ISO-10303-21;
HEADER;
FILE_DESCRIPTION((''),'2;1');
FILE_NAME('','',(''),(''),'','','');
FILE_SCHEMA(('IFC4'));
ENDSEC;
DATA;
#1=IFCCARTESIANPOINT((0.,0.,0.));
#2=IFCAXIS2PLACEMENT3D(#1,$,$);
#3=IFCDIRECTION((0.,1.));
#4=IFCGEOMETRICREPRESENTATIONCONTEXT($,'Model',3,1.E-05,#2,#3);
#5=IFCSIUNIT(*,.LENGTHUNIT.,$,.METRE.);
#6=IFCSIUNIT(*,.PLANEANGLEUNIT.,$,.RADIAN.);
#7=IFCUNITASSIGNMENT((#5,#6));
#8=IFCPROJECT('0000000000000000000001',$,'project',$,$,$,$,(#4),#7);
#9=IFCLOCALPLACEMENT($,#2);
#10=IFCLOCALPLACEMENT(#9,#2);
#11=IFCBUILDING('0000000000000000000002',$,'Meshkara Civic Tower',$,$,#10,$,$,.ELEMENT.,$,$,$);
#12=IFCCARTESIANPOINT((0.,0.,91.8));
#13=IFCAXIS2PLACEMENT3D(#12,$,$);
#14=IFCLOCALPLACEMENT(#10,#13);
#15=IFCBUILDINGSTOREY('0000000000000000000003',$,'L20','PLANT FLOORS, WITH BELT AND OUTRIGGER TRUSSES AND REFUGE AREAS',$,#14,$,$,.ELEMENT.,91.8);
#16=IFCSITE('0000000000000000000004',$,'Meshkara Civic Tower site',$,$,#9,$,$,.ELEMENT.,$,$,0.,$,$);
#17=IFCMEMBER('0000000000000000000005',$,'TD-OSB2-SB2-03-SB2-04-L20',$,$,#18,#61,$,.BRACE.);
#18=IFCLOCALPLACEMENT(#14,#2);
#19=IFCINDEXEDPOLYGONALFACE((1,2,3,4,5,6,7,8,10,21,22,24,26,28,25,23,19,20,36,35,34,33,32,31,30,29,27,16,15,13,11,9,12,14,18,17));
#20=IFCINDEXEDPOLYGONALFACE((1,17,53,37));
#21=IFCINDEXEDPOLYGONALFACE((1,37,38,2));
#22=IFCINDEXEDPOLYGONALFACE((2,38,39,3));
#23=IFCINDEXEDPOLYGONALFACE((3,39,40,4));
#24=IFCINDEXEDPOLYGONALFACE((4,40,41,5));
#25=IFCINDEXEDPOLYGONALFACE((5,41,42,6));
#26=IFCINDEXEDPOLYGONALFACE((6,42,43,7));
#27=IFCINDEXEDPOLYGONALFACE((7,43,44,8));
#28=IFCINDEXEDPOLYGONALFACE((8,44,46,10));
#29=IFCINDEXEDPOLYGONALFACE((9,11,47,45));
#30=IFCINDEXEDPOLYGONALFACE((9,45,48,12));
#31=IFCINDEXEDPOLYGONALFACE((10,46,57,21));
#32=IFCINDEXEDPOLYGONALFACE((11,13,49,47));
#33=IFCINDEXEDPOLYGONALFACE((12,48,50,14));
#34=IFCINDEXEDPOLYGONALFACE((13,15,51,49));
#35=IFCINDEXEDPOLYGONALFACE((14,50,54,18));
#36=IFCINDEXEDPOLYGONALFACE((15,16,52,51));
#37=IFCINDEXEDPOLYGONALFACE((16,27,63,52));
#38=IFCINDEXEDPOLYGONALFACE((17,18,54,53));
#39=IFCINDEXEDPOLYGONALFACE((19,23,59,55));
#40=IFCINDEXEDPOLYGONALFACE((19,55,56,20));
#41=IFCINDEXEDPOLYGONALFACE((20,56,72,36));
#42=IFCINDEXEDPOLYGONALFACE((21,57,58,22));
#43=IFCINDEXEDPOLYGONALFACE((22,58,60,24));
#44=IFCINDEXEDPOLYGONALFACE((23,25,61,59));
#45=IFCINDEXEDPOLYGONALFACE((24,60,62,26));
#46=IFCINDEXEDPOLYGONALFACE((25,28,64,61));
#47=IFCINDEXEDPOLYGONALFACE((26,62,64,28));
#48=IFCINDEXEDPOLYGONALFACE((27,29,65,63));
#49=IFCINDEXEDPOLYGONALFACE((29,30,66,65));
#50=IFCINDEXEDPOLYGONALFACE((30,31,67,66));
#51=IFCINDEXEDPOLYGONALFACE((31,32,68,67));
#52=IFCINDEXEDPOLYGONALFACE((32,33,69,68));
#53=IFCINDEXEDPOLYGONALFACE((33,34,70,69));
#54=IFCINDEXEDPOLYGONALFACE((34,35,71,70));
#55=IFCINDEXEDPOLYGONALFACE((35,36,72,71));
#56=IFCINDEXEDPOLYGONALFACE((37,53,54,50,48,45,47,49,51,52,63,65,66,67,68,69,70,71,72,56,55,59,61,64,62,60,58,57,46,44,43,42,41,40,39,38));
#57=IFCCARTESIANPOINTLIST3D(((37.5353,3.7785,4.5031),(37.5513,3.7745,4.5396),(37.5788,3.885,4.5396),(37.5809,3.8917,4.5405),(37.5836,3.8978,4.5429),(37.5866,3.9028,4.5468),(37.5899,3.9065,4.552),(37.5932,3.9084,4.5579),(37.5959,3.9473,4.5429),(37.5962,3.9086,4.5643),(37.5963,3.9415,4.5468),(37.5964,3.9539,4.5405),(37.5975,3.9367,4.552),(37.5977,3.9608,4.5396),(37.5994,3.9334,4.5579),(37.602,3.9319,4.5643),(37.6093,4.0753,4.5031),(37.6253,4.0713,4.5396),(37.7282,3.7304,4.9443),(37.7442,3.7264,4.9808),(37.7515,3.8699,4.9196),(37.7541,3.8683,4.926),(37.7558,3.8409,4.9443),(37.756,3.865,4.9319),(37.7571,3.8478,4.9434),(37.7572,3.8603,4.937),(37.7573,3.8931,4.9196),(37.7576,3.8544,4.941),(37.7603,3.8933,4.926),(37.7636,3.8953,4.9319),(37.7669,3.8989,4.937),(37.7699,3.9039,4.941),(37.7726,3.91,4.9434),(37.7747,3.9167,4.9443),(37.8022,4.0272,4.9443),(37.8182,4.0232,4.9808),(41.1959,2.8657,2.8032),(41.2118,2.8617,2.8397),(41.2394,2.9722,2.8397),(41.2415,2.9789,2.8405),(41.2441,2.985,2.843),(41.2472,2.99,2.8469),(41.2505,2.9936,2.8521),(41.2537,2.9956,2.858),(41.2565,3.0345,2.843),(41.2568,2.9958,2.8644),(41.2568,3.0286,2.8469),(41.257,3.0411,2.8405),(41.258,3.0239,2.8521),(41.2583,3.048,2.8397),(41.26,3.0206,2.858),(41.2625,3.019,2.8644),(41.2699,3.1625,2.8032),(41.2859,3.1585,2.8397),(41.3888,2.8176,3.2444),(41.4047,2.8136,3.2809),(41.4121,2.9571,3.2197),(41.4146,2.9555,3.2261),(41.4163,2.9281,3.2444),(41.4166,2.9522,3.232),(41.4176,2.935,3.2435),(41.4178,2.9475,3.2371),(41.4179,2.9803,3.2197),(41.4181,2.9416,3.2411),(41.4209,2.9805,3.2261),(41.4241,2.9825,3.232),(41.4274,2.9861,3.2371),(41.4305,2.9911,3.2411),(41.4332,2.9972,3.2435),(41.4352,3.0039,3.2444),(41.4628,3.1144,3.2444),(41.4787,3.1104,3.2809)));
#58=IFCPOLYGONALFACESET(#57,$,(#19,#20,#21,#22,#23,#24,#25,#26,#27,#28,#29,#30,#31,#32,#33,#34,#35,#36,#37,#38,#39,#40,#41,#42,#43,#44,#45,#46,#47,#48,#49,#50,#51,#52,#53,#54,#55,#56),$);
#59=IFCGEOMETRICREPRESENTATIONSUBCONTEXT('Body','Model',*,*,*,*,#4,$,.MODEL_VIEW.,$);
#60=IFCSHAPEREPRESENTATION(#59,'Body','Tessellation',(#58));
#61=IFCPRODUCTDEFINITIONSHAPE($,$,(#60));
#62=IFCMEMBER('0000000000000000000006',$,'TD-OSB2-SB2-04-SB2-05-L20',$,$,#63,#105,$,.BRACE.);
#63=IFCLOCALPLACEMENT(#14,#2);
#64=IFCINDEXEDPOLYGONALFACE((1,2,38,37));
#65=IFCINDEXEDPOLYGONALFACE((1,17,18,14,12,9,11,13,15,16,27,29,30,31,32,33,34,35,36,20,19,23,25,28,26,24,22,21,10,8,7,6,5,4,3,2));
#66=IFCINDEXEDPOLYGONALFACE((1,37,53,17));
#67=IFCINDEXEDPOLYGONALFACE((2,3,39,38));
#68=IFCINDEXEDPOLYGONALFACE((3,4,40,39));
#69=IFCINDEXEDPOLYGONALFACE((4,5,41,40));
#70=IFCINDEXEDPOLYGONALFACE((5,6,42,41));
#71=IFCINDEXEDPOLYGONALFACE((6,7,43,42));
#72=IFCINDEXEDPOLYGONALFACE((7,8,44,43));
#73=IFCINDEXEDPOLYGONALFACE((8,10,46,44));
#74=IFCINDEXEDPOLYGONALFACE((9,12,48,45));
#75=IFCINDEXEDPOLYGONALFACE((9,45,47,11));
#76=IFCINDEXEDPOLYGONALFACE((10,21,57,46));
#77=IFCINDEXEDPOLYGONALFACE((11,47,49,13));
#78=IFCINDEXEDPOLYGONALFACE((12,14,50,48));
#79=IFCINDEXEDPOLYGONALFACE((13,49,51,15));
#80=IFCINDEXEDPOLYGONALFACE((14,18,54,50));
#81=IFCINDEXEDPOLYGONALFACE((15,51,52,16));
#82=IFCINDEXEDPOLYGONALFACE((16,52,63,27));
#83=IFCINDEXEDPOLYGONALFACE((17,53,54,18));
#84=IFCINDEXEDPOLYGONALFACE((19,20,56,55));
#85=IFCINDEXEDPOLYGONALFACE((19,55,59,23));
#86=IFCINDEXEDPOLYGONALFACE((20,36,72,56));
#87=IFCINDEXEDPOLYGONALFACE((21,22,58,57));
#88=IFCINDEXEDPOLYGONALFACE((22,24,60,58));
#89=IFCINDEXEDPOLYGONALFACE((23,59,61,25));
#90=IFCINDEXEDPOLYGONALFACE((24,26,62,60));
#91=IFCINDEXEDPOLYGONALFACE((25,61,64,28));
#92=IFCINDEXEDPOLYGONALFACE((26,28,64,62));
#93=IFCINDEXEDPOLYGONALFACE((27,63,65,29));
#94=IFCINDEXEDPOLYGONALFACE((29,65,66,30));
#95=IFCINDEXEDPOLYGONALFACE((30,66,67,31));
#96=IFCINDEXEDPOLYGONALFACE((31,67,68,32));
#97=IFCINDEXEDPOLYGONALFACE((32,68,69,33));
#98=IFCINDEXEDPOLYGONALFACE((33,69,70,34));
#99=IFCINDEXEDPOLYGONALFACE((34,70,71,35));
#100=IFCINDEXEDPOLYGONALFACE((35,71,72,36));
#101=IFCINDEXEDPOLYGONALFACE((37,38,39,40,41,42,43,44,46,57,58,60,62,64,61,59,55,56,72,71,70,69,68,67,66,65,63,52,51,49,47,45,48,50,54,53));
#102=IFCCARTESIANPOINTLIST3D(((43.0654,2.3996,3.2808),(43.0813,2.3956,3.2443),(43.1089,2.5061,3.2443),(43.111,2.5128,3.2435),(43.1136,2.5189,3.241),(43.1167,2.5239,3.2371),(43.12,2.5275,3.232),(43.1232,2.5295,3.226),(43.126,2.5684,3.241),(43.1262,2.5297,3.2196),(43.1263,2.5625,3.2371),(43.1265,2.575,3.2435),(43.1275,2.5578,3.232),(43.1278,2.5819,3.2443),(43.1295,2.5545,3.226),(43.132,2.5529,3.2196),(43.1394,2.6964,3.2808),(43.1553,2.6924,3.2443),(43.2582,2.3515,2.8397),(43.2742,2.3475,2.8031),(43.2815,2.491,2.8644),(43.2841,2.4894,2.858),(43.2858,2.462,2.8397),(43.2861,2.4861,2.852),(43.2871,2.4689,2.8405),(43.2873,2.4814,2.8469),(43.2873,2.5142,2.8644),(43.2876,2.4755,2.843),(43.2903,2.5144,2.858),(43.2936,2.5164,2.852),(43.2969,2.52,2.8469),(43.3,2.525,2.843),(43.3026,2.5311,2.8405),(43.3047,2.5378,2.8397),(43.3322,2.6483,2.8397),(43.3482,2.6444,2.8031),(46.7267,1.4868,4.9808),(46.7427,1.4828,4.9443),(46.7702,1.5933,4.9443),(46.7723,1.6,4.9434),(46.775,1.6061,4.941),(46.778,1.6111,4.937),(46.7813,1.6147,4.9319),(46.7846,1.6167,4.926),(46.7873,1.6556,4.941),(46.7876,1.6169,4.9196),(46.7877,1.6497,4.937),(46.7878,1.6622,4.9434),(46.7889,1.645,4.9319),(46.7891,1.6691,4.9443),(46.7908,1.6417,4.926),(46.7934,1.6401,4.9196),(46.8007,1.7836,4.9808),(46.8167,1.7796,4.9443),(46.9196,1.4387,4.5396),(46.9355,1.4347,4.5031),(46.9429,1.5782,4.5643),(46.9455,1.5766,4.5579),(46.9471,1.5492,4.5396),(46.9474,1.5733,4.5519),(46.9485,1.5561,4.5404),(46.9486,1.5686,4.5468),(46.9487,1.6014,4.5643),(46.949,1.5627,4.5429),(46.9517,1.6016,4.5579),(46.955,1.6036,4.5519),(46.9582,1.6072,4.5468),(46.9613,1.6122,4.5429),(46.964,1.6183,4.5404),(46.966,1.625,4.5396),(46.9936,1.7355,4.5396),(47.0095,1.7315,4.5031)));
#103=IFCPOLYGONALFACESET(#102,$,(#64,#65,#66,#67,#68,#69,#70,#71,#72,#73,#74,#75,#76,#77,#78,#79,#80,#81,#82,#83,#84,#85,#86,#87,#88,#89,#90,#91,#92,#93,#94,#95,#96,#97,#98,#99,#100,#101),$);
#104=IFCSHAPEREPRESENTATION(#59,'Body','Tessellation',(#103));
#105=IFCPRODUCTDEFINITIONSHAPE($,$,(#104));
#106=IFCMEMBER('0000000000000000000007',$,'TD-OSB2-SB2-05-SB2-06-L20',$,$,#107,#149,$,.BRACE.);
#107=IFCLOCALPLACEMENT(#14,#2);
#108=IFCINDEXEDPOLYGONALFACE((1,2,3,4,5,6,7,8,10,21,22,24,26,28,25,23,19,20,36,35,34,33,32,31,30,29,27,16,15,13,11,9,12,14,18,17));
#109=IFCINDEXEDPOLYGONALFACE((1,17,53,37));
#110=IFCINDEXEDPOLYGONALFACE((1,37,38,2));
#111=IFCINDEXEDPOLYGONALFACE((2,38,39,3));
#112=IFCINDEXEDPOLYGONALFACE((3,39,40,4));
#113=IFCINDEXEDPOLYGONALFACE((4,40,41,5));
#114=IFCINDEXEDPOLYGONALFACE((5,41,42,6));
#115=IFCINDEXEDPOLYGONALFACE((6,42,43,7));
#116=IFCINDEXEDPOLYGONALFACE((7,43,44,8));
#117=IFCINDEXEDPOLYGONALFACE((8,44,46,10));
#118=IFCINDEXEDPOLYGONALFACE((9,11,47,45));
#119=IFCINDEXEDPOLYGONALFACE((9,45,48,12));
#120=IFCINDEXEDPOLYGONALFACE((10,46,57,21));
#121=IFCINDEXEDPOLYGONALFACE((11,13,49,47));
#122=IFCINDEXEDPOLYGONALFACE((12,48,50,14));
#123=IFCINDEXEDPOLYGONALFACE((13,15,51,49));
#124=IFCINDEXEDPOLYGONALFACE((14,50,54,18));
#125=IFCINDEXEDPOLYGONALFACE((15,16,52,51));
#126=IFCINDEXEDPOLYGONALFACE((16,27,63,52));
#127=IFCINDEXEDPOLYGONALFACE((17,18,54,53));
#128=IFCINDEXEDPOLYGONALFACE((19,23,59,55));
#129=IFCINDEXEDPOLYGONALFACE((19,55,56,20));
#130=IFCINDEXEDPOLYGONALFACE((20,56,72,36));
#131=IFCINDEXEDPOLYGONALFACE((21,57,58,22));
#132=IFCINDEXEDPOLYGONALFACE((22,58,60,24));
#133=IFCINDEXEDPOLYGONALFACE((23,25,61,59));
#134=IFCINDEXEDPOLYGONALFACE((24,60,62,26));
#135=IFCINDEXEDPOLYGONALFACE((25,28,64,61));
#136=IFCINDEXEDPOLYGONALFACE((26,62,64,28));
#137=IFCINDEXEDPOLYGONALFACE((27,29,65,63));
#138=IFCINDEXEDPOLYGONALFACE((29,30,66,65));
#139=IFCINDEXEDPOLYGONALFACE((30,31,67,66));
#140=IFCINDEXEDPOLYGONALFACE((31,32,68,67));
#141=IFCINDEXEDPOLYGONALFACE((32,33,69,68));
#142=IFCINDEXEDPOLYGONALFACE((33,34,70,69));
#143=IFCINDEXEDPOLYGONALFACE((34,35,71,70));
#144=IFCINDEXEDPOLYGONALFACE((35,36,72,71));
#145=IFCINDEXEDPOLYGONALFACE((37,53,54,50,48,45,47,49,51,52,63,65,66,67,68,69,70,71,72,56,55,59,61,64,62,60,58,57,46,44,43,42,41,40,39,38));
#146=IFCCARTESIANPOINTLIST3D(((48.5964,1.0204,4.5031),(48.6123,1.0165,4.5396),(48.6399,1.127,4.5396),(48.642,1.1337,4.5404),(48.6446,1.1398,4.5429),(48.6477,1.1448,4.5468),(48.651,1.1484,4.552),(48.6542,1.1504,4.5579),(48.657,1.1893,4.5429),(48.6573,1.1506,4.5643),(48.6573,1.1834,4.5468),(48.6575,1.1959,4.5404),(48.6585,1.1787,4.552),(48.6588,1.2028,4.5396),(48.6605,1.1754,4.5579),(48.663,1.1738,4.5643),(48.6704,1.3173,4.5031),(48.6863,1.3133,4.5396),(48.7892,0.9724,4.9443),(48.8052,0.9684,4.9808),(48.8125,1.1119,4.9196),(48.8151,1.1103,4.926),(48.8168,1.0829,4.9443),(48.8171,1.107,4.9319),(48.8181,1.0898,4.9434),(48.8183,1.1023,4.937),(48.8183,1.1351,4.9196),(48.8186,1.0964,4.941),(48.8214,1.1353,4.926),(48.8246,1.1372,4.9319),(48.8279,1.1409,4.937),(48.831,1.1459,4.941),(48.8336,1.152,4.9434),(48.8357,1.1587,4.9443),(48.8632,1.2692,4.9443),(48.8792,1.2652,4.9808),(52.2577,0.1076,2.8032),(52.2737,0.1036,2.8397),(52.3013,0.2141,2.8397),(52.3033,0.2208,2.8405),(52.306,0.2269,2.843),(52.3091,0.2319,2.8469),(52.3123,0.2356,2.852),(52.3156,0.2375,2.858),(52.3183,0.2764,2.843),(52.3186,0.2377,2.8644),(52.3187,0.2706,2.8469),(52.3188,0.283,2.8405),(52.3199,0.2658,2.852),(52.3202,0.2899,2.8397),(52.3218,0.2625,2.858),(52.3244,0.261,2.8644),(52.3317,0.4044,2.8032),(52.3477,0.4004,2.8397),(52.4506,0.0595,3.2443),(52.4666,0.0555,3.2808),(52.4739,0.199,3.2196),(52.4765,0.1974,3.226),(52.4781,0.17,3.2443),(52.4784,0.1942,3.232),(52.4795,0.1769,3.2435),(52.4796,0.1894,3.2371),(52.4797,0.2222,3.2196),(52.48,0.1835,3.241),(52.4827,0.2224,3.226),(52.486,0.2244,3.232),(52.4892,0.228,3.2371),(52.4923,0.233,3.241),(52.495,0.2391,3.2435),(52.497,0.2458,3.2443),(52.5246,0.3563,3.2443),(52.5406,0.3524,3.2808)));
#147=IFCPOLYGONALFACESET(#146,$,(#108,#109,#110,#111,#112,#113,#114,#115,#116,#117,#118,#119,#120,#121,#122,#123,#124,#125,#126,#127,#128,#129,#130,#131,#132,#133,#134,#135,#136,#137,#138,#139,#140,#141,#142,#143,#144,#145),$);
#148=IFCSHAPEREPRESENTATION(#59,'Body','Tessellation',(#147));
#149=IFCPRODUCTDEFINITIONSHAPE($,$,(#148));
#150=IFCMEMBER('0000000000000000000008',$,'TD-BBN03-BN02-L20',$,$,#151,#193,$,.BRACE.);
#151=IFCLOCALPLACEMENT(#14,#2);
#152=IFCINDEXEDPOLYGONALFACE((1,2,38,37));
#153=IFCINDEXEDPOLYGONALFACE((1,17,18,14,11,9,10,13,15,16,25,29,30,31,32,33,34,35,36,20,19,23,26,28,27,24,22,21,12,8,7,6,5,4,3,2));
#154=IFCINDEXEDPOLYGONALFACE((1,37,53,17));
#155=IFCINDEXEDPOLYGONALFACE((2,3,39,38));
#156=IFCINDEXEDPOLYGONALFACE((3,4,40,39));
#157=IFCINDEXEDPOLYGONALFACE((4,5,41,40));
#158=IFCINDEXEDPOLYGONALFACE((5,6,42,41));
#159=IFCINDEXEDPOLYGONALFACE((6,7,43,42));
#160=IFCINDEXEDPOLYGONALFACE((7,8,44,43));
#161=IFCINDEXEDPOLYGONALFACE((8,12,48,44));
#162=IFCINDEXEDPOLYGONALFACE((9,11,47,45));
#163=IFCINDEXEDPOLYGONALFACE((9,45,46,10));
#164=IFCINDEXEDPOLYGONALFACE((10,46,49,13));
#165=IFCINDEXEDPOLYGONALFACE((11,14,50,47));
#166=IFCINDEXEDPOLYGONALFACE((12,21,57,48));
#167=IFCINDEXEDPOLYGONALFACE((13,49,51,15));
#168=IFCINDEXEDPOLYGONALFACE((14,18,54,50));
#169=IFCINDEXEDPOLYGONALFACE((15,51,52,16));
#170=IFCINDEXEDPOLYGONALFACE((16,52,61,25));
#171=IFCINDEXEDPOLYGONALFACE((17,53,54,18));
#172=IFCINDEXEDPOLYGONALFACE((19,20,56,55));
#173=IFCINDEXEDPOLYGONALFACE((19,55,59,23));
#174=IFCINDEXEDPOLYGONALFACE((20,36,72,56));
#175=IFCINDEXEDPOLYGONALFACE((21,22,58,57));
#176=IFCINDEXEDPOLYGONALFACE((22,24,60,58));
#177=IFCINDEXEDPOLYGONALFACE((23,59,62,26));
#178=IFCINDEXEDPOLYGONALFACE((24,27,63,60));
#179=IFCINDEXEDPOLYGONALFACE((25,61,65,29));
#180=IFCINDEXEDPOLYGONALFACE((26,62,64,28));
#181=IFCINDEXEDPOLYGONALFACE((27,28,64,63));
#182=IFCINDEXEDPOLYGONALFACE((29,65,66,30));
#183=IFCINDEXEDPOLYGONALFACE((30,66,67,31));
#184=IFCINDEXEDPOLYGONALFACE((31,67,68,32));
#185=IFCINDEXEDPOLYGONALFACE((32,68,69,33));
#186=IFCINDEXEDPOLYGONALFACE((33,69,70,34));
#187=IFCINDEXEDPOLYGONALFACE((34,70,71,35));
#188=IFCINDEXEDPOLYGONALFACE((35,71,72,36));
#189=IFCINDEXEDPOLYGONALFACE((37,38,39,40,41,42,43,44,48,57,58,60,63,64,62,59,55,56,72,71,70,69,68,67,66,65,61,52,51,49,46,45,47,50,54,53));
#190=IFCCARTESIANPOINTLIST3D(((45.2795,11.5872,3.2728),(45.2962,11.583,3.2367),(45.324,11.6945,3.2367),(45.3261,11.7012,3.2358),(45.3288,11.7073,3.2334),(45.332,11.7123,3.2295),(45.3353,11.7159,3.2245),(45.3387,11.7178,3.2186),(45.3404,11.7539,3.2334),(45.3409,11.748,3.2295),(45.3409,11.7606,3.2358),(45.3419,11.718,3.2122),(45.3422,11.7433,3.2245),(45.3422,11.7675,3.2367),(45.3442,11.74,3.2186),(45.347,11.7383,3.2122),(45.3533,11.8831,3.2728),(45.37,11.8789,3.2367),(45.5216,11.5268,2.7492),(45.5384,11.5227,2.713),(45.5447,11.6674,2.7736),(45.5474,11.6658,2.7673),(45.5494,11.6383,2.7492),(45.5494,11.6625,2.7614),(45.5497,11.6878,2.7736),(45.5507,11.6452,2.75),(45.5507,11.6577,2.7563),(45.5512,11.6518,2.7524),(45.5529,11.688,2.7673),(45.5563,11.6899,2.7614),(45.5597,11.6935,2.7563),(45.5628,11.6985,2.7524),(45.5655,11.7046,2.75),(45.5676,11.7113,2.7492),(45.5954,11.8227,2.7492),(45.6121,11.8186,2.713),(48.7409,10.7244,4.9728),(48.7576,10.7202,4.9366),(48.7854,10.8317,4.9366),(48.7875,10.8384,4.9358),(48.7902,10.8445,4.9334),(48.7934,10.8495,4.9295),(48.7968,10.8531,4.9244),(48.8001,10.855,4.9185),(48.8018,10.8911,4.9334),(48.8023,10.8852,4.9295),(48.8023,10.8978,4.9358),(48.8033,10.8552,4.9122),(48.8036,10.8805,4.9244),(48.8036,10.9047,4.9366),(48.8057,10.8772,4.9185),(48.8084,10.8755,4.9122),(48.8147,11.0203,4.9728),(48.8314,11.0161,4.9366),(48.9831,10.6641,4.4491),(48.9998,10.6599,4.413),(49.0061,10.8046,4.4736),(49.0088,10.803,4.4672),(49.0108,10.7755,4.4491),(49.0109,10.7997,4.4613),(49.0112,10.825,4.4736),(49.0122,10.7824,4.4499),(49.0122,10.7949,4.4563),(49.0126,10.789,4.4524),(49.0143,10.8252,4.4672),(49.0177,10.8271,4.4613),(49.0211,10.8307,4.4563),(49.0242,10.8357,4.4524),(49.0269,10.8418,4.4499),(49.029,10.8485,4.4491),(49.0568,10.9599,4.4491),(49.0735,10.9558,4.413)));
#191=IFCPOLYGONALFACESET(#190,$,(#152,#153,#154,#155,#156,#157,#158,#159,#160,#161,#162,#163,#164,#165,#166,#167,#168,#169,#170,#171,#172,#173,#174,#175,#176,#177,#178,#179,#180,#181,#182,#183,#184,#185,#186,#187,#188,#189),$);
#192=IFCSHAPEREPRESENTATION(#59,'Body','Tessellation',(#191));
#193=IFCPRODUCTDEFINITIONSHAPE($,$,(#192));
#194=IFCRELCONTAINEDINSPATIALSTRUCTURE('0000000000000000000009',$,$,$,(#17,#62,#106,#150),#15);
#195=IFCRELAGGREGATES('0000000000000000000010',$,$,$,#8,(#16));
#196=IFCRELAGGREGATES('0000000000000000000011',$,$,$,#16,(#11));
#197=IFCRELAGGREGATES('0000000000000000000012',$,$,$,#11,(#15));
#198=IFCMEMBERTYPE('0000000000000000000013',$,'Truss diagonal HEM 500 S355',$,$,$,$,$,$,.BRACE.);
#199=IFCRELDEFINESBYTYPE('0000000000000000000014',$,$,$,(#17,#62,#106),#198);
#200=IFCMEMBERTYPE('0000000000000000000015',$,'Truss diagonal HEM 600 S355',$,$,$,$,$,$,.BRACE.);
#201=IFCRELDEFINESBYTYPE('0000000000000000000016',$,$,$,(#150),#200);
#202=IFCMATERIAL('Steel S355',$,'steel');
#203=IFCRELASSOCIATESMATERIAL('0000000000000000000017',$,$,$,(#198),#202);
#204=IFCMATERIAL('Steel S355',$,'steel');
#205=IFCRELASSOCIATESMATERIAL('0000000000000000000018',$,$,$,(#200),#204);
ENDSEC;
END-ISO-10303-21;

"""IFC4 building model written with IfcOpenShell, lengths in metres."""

from ifc_helpers import new_model, si_unit, direction, frame, origin, origin_2d, place, context, subcontext, project, spatial, i_section, extrude, material, material_profile, profile_set, type_object, element, save


model = new_model("IFC4")

# Units and contexts
model_context = context("Model", 3, precision=1e-05, world=origin(), true_north=direction((0.0, 1.0)))
body_context = subcontext(model_context, "Body", "Model", "MODEL_VIEW")
ifc_project = project(units=[si_unit("LENGTHUNIT", "METRE"), si_unit("PLANEANGLEUNIT", "RADIAN")], contexts=[model_context])

# Site, building, storey
site_placement = place(None, origin())
site = spatial("IfcSite", under=ifc_project, at=site_placement, Name="Meshkara Civic Tower site", CompositionType="ELEMENT", RefElevation=0.0)
building_placement = place(site_placement, origin())
building = spatial("IfcBuilding", under=site, at=building_placement, Name="Meshkara Civic Tower", CompositionType="ELEMENT")
storey_placement = place(building_placement, frame((0.0, 0.0, 91.8)))
storey = spatial("IfcBuildingStorey", under=building, at=storey_placement, Name="L20", Description="PLANT FLOORS, WITH BELT AND OUTRIGGER TRUSSES AND REFUGE AREAS", CompositionType="ELEMENT", Elevation=91.8)

# Members
ifc_material_1 = material(Name="Steel S355", Category="steel")
ifc_material_profile_1 = material_profile(ifc_material_1, i_section(OverallWidth=0.3059, OverallDepth=0.5239, WebThickness=0.0239, FlangeThickness=0.04, FilletRadius=0.0271, at=origin_2d()))
ifc_profile_set_1 = profile_set([ifc_material_profile_1], Name="Steel S355")
member_type_1 = type_object("IfcMemberType", Name="Truss diagonal HEM 500 S355", PredefinedType="BRACE", material=ifc_profile_set_1)
member_1_placement = place(storey_placement, frame((37.6768, 3.9009, 4.7419), z_axis=(0.884631, -0.220597, -0.41081), x_axis=(0.241957, 0.970287, 0.0)))
element("IfcMember", 1, at=member_1_placement, inside=storey, type_object=member_type_1, Name="TD-OSB2-SB2-03-SB2-04-L20", PredefinedType="BRACE", context=body_context, shape_type="SweptSolid", body=[
    extrude(i_section(OverallWidth=0.3059, OverallDepth=0.5239, WebThickness=0.0239, FlangeThickness=0.04, FilletRadius=0.0271, at=origin_2d()), origin(), (0.0, 0.0, 1.0), 4.1379),
])
for number, where, z_axis, x_axis, name in (
    (2, (43.2068, 2.522, 3.042), (0.884669, -0.220563, 0.410746), (0.241911, 0.970298, 0.0), "TD-OSB2-SB2-04-SB2-05-L20"),
    (3, (48.7378, 1.1428, 4.7419), (0.884669, -0.220563, -0.410746), (0.241911, 0.970298, 0.0), "TD-OSB2-SB2-05-SB2-06-L20"),
):
    element("IfcMember", number, at=place(storey_placement, frame(where, z_axis=z_axis, x_axis=x_axis)), inside=storey, type_object=member_type_1, Name=name, PredefinedType="BRACE", context=body_context, shape_type="SweptSolid", body=[
        extrude(i_section(OverallWidth=0.3059, OverallDepth=0.5239, WebThickness=0.0239, FlangeThickness=0.04, FilletRadius=0.0271, at=origin_2d()), origin(), (0.0, 0.0, 1.0), 4.1387),
    ])
ifc_material_2 = material(Name="Steel S355", Category="steel")
ifc_material_profile_2 = material_profile(ifc_material_2, i_section(OverallWidth=0.3049, OverallDepth=0.6201, WebThickness=0.021, FlangeThickness=0.04, FilletRadius=0.0271, at=origin_2d()))
ifc_profile_set_2 = profile_set([ifc_material_profile_2], Name="Steel S355")
member_type_2 = type_object("IfcMemberType", Name="Truss diagonal HEM 600 S355", PredefinedType="BRACE", material=ifc_profile_set_2)
member_2_placement = place(storey_placement, frame((48.9072, 10.8401, 4.6929), z_axis=(-0.875939, 0.218336, -0.430185), x_axis=(-0.241859, -0.970311, 0.0)))
element("IfcMember", 4, at=member_2_placement, inside=storey, type_object=member_type_2, Name="TD-BBN03-BN02-L20", PredefinedType="BRACE", context=body_context, shape_type="SweptSolid", body=[
    extrude(i_section(OverallWidth=0.3049, OverallDepth=0.6201, WebThickness=0.021, FlangeThickness=0.04, FilletRadius=0.0271, at=origin_2d()), origin(), (0.0, 0.0, 1.0), 3.9517),
])

save(model, "model.ifc")
